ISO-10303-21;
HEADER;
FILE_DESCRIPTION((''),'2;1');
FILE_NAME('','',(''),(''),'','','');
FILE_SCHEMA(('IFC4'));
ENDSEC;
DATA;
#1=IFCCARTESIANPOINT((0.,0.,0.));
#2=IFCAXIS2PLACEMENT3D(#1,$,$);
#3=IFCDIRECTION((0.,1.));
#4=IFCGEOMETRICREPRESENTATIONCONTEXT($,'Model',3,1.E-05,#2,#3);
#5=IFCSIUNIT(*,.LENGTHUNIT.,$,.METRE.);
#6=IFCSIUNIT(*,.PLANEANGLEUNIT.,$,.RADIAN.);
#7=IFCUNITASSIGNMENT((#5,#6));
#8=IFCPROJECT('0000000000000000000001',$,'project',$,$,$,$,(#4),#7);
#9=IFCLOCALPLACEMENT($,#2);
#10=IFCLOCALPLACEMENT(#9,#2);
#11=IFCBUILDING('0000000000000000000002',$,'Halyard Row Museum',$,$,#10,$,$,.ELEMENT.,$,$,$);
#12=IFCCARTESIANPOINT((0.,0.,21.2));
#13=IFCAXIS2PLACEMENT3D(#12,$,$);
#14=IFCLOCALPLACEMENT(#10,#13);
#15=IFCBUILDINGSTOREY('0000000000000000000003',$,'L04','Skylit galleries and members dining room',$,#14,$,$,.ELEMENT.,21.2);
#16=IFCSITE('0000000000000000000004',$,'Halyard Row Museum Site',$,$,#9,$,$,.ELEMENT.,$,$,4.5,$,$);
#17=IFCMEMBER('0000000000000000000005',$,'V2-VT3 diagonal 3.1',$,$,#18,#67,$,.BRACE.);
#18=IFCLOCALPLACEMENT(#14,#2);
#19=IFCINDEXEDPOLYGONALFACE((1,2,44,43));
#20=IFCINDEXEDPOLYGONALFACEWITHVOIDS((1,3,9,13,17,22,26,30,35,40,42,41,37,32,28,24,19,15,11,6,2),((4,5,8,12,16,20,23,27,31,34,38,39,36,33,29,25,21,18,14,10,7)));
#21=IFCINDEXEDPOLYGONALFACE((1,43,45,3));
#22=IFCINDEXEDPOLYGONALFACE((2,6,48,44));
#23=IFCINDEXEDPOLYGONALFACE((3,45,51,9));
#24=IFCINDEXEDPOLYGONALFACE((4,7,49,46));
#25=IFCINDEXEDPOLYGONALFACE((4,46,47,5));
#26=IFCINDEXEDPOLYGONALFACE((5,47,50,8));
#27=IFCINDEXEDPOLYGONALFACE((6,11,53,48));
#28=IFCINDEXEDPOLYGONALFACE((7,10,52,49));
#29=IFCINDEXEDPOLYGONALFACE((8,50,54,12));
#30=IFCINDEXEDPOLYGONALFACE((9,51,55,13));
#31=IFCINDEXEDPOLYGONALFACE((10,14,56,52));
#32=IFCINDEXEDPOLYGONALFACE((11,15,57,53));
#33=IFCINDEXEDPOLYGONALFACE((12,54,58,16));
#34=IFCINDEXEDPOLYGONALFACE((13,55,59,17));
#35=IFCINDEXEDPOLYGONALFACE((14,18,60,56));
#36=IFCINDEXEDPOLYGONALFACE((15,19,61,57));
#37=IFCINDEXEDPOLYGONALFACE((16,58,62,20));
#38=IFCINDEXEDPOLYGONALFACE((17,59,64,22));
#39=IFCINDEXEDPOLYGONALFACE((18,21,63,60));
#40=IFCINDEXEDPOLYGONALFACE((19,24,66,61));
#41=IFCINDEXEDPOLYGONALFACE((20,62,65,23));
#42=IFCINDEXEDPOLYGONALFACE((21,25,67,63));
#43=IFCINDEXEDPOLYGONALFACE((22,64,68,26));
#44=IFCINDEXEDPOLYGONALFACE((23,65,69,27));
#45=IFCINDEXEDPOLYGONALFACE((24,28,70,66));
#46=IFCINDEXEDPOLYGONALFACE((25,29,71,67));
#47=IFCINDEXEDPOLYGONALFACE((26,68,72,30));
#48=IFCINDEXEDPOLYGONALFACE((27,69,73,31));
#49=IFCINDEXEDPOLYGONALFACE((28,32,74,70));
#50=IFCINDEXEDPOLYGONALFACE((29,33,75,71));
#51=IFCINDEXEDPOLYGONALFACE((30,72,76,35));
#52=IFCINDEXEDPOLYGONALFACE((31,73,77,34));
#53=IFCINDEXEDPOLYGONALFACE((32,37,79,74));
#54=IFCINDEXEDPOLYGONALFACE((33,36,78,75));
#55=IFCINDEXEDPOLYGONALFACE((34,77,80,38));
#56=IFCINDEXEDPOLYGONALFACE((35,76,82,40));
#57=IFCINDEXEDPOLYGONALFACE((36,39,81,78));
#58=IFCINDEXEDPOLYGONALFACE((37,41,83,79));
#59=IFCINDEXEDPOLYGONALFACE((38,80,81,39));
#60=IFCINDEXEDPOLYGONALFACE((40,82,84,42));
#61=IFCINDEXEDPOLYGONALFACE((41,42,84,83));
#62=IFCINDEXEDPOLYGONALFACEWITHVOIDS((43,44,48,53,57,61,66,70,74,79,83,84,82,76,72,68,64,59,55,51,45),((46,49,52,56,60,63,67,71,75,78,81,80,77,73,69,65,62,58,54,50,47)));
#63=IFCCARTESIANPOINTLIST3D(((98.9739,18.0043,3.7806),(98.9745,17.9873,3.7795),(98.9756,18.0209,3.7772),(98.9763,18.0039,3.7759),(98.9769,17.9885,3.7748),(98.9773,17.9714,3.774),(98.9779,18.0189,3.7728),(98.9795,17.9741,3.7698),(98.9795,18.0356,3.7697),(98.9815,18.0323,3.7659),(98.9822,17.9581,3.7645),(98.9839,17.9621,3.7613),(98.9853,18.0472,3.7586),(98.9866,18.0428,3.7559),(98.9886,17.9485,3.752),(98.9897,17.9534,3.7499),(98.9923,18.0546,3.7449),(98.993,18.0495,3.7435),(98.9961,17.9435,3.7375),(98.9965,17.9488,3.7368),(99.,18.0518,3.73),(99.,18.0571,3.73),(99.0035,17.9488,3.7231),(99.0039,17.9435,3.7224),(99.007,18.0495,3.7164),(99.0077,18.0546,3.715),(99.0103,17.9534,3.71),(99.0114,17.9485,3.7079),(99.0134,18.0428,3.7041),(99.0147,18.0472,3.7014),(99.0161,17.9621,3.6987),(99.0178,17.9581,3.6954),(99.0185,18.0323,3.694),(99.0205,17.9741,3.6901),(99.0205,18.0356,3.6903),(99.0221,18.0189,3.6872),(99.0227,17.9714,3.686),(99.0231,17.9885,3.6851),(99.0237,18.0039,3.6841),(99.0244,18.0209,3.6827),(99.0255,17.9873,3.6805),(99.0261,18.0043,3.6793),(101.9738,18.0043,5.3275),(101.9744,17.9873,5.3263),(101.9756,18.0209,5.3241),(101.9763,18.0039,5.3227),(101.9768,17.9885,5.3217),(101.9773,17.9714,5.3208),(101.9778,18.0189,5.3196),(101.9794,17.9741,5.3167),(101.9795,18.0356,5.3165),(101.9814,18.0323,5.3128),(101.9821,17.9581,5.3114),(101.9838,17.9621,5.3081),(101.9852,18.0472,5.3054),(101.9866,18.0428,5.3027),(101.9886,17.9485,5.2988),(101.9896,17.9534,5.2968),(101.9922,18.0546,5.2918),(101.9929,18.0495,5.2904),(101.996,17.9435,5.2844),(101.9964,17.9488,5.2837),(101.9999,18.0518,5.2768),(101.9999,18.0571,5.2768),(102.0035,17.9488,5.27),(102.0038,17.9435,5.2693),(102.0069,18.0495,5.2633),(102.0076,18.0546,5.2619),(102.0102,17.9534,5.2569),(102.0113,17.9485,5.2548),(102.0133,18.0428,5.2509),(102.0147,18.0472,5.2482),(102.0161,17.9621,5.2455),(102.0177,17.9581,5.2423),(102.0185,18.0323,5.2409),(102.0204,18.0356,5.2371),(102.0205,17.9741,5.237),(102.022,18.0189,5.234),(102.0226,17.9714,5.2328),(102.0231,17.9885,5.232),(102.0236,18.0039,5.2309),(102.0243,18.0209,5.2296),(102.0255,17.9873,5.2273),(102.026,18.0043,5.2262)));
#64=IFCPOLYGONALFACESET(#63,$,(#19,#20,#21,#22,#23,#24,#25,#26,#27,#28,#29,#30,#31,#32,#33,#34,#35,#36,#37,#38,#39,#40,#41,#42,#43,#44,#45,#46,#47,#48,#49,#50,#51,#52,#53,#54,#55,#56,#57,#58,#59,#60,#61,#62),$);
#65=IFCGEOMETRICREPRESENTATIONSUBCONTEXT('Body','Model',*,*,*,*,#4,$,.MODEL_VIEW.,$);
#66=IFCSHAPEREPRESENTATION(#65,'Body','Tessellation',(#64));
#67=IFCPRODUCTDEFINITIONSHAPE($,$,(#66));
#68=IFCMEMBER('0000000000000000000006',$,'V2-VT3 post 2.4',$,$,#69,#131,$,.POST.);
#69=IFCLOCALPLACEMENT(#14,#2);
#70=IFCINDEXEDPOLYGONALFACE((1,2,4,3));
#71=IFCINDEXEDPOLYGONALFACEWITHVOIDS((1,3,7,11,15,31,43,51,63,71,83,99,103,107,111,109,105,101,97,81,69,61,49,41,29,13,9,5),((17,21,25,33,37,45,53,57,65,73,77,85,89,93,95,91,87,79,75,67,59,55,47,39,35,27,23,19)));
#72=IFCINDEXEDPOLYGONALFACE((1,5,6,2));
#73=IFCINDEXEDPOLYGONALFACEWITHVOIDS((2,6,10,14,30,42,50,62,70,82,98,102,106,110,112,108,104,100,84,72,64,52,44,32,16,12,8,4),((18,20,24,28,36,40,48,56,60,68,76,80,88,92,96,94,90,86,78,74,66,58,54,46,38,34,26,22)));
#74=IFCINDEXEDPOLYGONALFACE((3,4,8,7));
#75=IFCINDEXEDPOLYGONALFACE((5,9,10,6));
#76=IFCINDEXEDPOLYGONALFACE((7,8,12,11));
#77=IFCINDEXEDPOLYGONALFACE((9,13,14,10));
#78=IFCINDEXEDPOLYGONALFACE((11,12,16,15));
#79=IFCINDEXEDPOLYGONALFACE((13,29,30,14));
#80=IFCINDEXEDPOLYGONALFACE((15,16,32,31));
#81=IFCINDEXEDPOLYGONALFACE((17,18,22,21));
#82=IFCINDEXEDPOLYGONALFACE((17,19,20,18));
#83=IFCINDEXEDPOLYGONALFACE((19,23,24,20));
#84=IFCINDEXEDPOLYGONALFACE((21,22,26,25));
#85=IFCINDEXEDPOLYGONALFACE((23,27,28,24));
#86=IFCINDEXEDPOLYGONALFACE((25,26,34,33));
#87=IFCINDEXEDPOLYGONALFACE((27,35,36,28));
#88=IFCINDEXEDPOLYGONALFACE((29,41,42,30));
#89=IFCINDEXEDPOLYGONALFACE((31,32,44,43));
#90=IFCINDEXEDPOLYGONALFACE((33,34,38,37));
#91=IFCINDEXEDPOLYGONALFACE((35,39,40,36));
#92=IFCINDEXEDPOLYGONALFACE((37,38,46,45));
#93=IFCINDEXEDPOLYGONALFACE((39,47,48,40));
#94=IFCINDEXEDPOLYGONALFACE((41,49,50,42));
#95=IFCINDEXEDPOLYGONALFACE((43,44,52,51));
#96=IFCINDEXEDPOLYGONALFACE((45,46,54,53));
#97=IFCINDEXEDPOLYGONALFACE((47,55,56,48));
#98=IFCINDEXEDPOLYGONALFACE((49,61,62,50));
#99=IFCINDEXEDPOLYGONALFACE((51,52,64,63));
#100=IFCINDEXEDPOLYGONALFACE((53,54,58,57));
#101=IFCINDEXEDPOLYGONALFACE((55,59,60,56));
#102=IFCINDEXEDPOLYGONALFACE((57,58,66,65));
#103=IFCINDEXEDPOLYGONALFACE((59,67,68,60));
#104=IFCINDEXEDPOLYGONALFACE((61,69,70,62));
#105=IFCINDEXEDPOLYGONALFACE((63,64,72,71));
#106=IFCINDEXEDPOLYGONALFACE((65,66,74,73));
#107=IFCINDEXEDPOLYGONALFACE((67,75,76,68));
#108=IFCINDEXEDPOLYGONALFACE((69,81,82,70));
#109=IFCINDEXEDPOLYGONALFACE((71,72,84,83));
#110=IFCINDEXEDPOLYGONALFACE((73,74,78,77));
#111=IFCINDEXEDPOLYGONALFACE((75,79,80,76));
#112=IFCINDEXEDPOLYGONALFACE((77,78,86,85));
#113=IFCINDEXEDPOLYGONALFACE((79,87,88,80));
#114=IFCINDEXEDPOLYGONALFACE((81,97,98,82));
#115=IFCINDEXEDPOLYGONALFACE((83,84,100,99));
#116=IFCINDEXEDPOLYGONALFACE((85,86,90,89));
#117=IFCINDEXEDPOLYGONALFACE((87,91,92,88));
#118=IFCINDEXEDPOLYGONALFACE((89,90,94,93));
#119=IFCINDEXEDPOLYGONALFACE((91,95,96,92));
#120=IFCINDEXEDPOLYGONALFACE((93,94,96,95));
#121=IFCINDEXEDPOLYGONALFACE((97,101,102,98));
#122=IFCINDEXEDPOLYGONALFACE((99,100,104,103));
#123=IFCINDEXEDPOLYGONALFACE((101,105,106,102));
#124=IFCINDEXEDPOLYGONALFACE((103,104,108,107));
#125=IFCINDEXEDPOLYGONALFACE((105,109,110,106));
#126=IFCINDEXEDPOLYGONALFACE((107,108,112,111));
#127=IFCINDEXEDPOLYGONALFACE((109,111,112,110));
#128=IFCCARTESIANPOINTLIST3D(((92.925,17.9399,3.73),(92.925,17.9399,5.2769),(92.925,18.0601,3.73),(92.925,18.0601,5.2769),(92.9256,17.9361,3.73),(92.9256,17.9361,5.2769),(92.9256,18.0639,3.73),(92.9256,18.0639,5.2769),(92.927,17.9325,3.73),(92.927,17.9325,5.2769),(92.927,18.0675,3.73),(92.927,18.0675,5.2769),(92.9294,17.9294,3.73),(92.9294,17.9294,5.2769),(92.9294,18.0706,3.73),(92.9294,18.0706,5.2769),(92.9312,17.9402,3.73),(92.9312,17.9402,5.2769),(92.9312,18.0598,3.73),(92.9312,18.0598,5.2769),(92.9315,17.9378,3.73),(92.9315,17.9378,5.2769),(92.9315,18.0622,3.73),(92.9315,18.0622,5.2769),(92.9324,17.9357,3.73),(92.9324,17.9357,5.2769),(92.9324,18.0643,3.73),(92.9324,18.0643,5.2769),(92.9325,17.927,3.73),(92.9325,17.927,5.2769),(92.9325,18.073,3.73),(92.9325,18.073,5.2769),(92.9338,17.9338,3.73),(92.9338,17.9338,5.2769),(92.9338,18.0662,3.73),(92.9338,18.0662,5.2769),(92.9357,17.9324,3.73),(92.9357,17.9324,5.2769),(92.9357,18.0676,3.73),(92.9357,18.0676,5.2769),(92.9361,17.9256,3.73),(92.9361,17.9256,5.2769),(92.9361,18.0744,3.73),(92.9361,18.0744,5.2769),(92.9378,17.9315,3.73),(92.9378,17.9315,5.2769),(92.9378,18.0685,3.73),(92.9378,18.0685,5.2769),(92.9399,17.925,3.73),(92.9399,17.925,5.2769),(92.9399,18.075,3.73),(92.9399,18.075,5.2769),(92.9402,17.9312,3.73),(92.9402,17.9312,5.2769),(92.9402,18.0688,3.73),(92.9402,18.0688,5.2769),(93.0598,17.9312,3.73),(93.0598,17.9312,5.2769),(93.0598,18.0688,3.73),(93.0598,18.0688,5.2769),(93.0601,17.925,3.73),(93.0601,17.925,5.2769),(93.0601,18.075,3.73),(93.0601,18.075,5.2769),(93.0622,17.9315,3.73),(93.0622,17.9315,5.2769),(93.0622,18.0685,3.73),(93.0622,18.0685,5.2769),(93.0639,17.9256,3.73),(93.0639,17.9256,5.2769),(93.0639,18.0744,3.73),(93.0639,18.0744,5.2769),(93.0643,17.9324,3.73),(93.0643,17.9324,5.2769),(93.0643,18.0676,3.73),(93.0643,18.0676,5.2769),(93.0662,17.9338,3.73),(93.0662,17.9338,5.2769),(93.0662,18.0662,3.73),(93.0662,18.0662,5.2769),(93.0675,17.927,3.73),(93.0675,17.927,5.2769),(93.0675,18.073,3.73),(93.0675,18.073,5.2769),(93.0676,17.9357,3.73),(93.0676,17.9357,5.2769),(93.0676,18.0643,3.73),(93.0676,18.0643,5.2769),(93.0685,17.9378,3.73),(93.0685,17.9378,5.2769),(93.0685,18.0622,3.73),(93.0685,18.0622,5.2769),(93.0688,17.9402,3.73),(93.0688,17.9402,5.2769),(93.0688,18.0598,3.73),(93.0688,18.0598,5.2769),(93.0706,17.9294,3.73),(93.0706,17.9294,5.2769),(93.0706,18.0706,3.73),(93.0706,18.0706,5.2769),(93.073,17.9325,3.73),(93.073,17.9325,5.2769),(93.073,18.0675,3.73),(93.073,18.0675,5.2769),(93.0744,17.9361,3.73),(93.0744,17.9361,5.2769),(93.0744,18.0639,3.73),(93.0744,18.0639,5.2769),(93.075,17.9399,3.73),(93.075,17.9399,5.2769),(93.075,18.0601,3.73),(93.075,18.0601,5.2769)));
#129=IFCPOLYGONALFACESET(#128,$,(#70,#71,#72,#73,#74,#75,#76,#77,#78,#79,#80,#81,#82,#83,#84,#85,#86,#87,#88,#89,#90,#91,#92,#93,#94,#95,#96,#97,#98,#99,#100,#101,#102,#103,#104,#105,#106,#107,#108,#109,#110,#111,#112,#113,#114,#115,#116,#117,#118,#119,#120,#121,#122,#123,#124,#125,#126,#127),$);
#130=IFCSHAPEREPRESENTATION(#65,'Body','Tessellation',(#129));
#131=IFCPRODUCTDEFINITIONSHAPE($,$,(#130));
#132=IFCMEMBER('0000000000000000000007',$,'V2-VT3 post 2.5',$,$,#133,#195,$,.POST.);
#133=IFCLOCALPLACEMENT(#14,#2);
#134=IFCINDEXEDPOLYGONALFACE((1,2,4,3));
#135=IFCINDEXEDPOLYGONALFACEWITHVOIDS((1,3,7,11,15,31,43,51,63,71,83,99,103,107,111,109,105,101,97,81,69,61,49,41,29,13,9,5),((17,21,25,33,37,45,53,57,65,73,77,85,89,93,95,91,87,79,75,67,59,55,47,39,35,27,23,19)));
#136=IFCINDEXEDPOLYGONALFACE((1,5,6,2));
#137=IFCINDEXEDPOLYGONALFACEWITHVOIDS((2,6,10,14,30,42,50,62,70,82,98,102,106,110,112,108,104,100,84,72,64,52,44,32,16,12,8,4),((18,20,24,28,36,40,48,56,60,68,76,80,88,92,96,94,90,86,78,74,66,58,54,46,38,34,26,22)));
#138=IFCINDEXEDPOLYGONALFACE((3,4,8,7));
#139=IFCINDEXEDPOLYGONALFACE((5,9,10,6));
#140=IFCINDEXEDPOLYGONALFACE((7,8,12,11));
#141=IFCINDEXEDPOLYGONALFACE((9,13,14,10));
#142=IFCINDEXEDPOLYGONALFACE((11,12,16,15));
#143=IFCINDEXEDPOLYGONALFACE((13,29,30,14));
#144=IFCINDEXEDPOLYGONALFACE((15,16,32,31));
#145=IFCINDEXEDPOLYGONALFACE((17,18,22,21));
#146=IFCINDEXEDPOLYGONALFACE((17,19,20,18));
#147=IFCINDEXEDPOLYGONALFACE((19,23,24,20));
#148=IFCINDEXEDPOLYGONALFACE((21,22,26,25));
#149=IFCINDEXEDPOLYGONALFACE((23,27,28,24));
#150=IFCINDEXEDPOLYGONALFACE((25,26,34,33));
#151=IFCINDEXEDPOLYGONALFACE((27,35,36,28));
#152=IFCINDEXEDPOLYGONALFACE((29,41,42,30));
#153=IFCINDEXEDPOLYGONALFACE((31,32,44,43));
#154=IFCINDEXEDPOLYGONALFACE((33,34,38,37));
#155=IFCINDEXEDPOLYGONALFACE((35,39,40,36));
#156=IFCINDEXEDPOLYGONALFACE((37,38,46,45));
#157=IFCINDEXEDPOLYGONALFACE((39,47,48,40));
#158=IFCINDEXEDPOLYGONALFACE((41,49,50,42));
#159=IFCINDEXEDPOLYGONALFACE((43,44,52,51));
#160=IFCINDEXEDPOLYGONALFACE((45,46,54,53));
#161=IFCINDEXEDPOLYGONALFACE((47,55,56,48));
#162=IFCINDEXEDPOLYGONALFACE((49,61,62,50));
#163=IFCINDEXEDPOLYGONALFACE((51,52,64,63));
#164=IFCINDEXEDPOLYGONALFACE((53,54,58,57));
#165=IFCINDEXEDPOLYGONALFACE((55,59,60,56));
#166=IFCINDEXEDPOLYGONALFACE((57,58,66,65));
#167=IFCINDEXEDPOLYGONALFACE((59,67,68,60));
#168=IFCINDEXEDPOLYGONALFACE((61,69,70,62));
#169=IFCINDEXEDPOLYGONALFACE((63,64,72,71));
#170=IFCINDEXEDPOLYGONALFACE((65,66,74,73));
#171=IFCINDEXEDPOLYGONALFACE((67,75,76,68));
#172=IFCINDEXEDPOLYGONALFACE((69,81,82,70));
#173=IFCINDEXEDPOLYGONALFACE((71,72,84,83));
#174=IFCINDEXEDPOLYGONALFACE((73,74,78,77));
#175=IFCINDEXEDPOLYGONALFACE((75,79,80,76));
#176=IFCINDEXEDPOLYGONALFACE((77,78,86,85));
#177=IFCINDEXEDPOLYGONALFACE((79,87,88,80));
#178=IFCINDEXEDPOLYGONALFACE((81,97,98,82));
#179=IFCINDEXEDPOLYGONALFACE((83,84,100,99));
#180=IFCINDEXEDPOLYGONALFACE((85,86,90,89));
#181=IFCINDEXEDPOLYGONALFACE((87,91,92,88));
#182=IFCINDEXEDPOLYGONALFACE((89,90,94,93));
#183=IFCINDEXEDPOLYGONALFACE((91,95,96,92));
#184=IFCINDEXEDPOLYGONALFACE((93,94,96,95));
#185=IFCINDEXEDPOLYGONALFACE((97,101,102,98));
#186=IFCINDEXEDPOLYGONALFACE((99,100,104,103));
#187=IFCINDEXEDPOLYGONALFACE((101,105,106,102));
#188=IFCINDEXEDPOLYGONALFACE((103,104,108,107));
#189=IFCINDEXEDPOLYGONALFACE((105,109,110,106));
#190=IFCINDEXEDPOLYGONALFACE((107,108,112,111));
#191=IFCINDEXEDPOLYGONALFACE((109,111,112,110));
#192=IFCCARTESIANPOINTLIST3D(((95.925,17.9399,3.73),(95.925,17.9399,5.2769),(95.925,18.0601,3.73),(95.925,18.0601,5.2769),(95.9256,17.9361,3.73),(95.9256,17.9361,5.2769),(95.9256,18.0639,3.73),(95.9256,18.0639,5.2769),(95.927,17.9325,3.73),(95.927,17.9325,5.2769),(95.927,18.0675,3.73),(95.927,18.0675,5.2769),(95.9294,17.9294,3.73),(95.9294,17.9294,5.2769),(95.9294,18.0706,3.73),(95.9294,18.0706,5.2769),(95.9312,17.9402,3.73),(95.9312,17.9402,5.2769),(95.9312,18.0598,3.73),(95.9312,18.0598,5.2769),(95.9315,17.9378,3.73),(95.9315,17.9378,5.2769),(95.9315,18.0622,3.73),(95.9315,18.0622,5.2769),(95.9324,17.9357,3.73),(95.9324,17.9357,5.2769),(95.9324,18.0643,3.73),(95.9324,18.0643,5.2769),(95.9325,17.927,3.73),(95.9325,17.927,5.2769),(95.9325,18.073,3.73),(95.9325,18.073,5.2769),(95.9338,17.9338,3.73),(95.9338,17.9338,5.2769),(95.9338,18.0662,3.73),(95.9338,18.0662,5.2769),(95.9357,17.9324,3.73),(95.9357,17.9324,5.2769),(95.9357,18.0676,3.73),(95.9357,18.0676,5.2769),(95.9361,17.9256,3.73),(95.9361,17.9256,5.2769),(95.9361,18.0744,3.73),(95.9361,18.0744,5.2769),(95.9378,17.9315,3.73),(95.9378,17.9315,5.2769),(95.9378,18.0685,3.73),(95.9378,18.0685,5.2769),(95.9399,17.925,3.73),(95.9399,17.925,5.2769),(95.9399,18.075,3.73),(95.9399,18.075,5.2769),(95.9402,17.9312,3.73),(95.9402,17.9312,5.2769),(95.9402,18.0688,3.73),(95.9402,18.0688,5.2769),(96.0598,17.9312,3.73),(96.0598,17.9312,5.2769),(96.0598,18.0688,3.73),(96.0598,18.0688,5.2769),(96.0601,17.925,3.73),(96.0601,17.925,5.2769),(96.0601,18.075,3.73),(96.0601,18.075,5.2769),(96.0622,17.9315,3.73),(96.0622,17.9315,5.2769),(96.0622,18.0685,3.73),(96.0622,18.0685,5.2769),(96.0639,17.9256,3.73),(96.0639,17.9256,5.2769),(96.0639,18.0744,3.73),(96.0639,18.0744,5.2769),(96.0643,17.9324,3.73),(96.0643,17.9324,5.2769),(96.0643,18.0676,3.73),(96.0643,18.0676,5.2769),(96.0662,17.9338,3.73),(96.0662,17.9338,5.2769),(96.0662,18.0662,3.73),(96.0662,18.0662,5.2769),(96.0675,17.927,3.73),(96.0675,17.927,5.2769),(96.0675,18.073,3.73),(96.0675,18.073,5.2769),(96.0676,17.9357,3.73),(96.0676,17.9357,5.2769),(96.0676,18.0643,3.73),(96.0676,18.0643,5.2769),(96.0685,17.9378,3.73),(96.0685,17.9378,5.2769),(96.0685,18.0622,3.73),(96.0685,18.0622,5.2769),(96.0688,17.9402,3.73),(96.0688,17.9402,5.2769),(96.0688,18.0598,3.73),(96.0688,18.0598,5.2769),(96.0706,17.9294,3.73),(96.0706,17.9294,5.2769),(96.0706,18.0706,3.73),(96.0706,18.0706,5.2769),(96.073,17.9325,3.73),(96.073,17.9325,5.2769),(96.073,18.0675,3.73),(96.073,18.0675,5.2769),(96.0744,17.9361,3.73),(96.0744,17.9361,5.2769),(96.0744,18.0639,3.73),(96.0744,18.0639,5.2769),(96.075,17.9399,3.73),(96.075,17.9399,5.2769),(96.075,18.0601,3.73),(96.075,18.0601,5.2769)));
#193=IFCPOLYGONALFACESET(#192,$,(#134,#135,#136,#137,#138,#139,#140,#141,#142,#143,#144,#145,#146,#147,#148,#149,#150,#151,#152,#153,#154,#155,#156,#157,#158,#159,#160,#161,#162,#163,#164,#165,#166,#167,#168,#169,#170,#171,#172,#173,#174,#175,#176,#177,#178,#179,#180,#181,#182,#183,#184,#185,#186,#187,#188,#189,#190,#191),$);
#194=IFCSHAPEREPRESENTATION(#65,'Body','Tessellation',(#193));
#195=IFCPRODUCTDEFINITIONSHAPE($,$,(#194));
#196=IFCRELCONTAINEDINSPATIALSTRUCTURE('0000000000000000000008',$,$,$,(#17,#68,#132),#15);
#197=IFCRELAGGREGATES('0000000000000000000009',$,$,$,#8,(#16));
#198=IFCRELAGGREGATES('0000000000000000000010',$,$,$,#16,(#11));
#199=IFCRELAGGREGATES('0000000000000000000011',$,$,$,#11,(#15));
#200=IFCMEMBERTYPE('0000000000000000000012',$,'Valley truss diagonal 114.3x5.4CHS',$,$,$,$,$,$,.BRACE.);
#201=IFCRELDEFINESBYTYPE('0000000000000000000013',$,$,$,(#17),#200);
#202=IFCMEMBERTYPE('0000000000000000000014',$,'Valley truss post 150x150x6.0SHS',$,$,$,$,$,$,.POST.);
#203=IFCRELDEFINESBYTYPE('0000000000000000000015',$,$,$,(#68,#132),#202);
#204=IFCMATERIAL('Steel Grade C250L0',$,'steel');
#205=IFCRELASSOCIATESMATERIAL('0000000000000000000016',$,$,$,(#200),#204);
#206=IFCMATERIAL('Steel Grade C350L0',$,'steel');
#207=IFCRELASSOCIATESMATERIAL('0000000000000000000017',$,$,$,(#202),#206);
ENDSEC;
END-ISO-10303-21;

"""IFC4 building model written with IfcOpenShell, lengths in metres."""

from ifc_helpers import new_model, si_unit, direction, frame, origin, origin_2d, place, context, subcontext, project, spatial, hollow_rectangle, hollow_circle, extrude, material, material_profile, profile_set, type_object, element, save


model = new_model("IFC4")

# Units and contexts
model_context = context("Model", 3, precision=1e-05, world=origin(), true_north=direction((0.0, 1.0)))
body_context = subcontext(model_context, "Body", "Model", "MODEL_VIEW")
ifc_project = project(units=[si_unit("LENGTHUNIT", "METRE"), si_unit("PLANEANGLEUNIT", "RADIAN")], contexts=[model_context])

# Site, building, storey
site_placement = place(None, origin())
site = spatial("IfcSite", under=ifc_project, at=site_placement, Name="Halyard Row Museum Site", CompositionType="ELEMENT", RefElevation=4.5)
building_placement = place(site_placement, origin())
building = spatial("IfcBuilding", under=site, at=building_placement, Name="Halyard Row Museum", CompositionType="ELEMENT")
storey_placement = place(building_placement, frame((0.0, 0.0, 21.2)))
storey = spatial("IfcBuildingStorey", under=building, at=storey_placement, Name="L04", Description="Skylit galleries and members dining room", CompositionType="ELEMENT", Elevation=21.2)

# Members
ifc_material_1 = material(Name="Steel Grade C250L0", Category="steel")
ifc_material_profile_1 = material_profile(ifc_material_1, hollow_circle(Radius=0.0571, WallThickness=0.0054, at=origin_2d()), Name="114.3x5.4CHS")
ifc_profile_set_1 = profile_set([ifc_material_profile_1], Name="Steel Grade C250L0")
member_type_1 = type_object("IfcMemberType", Name="Valley truss diagonal 114.3x5.4CHS", PredefinedType="BRACE", material=ifc_profile_set_1)
for number, where, z_axis, x_axis, name in (
    (1, (99.0, 18.0, 3.73), (0.888803, 0.0, 0.458289), (0.0, 1.0, 0.0), "V2-VT3 diagonal 3.1"),
):
    element("IfcMember", number, at=place(storey_placement, frame(where, z_axis=z_axis, x_axis=x_axis)), inside=storey, type_object=member_type_1, Name=name, PredefinedType="BRACE", context=body_context, shape_type="SweptSolid", body=[
        extrude(hollow_circle(Radius=0.0571, WallThickness=0.0054, at=origin_2d()), origin(), (0.0, 0.0, 1.0), 3.3752),
    ])
ifc_material_2 = material(Name="Steel Grade C350L0", Category="steel")
ifc_material_profile_2 = material_profile(ifc_material_2, hollow_rectangle(XDim=0.1499, YDim=0.1499, WallThickness=0.0061, InnerFilletRadius=0.009, OuterFilletRadius=0.0149, at=origin_2d()), Name="150x150x6.0SHS")
ifc_profile_set_2 = profile_set([ifc_material_profile_2], Name="Steel Grade C350L0")
member_type_2 = type_object("IfcMemberType", Name="Valley truss post 150x150x6.0SHS", PredefinedType="POST", material=ifc_profile_set_2)
for number, where, z_axis, x_axis, name in (
    (2, (93.0, 18.0, 3.73), (0.0, 0.0, 1.0), (1.0, 0.0, 0.0), "V2-VT3 post 2.4"),
    (3, (96.0, 18.0, 3.73), (0.0, 0.0, 1.0), (1.0, 0.0, 0.0), "V2-VT3 post 2.5"),
):
    element("IfcMember", number, at=place(storey_placement, frame(where, z_axis=z_axis, x_axis=x_axis)), inside=storey, type_object=member_type_2, Name=name, PredefinedType="POST", context=body_context, shape_type="SweptSolid", body=[
        extrude(hollow_rectangle(XDim=0.1499, YDim=0.1499, WallThickness=0.0061, InnerFilletRadius=0.009, OuterFilletRadius=0.0149, at=origin_2d()), origin(), (0.0, 0.0, 1.0), 1.5469),
    ])

save(model, "model.ifc")
